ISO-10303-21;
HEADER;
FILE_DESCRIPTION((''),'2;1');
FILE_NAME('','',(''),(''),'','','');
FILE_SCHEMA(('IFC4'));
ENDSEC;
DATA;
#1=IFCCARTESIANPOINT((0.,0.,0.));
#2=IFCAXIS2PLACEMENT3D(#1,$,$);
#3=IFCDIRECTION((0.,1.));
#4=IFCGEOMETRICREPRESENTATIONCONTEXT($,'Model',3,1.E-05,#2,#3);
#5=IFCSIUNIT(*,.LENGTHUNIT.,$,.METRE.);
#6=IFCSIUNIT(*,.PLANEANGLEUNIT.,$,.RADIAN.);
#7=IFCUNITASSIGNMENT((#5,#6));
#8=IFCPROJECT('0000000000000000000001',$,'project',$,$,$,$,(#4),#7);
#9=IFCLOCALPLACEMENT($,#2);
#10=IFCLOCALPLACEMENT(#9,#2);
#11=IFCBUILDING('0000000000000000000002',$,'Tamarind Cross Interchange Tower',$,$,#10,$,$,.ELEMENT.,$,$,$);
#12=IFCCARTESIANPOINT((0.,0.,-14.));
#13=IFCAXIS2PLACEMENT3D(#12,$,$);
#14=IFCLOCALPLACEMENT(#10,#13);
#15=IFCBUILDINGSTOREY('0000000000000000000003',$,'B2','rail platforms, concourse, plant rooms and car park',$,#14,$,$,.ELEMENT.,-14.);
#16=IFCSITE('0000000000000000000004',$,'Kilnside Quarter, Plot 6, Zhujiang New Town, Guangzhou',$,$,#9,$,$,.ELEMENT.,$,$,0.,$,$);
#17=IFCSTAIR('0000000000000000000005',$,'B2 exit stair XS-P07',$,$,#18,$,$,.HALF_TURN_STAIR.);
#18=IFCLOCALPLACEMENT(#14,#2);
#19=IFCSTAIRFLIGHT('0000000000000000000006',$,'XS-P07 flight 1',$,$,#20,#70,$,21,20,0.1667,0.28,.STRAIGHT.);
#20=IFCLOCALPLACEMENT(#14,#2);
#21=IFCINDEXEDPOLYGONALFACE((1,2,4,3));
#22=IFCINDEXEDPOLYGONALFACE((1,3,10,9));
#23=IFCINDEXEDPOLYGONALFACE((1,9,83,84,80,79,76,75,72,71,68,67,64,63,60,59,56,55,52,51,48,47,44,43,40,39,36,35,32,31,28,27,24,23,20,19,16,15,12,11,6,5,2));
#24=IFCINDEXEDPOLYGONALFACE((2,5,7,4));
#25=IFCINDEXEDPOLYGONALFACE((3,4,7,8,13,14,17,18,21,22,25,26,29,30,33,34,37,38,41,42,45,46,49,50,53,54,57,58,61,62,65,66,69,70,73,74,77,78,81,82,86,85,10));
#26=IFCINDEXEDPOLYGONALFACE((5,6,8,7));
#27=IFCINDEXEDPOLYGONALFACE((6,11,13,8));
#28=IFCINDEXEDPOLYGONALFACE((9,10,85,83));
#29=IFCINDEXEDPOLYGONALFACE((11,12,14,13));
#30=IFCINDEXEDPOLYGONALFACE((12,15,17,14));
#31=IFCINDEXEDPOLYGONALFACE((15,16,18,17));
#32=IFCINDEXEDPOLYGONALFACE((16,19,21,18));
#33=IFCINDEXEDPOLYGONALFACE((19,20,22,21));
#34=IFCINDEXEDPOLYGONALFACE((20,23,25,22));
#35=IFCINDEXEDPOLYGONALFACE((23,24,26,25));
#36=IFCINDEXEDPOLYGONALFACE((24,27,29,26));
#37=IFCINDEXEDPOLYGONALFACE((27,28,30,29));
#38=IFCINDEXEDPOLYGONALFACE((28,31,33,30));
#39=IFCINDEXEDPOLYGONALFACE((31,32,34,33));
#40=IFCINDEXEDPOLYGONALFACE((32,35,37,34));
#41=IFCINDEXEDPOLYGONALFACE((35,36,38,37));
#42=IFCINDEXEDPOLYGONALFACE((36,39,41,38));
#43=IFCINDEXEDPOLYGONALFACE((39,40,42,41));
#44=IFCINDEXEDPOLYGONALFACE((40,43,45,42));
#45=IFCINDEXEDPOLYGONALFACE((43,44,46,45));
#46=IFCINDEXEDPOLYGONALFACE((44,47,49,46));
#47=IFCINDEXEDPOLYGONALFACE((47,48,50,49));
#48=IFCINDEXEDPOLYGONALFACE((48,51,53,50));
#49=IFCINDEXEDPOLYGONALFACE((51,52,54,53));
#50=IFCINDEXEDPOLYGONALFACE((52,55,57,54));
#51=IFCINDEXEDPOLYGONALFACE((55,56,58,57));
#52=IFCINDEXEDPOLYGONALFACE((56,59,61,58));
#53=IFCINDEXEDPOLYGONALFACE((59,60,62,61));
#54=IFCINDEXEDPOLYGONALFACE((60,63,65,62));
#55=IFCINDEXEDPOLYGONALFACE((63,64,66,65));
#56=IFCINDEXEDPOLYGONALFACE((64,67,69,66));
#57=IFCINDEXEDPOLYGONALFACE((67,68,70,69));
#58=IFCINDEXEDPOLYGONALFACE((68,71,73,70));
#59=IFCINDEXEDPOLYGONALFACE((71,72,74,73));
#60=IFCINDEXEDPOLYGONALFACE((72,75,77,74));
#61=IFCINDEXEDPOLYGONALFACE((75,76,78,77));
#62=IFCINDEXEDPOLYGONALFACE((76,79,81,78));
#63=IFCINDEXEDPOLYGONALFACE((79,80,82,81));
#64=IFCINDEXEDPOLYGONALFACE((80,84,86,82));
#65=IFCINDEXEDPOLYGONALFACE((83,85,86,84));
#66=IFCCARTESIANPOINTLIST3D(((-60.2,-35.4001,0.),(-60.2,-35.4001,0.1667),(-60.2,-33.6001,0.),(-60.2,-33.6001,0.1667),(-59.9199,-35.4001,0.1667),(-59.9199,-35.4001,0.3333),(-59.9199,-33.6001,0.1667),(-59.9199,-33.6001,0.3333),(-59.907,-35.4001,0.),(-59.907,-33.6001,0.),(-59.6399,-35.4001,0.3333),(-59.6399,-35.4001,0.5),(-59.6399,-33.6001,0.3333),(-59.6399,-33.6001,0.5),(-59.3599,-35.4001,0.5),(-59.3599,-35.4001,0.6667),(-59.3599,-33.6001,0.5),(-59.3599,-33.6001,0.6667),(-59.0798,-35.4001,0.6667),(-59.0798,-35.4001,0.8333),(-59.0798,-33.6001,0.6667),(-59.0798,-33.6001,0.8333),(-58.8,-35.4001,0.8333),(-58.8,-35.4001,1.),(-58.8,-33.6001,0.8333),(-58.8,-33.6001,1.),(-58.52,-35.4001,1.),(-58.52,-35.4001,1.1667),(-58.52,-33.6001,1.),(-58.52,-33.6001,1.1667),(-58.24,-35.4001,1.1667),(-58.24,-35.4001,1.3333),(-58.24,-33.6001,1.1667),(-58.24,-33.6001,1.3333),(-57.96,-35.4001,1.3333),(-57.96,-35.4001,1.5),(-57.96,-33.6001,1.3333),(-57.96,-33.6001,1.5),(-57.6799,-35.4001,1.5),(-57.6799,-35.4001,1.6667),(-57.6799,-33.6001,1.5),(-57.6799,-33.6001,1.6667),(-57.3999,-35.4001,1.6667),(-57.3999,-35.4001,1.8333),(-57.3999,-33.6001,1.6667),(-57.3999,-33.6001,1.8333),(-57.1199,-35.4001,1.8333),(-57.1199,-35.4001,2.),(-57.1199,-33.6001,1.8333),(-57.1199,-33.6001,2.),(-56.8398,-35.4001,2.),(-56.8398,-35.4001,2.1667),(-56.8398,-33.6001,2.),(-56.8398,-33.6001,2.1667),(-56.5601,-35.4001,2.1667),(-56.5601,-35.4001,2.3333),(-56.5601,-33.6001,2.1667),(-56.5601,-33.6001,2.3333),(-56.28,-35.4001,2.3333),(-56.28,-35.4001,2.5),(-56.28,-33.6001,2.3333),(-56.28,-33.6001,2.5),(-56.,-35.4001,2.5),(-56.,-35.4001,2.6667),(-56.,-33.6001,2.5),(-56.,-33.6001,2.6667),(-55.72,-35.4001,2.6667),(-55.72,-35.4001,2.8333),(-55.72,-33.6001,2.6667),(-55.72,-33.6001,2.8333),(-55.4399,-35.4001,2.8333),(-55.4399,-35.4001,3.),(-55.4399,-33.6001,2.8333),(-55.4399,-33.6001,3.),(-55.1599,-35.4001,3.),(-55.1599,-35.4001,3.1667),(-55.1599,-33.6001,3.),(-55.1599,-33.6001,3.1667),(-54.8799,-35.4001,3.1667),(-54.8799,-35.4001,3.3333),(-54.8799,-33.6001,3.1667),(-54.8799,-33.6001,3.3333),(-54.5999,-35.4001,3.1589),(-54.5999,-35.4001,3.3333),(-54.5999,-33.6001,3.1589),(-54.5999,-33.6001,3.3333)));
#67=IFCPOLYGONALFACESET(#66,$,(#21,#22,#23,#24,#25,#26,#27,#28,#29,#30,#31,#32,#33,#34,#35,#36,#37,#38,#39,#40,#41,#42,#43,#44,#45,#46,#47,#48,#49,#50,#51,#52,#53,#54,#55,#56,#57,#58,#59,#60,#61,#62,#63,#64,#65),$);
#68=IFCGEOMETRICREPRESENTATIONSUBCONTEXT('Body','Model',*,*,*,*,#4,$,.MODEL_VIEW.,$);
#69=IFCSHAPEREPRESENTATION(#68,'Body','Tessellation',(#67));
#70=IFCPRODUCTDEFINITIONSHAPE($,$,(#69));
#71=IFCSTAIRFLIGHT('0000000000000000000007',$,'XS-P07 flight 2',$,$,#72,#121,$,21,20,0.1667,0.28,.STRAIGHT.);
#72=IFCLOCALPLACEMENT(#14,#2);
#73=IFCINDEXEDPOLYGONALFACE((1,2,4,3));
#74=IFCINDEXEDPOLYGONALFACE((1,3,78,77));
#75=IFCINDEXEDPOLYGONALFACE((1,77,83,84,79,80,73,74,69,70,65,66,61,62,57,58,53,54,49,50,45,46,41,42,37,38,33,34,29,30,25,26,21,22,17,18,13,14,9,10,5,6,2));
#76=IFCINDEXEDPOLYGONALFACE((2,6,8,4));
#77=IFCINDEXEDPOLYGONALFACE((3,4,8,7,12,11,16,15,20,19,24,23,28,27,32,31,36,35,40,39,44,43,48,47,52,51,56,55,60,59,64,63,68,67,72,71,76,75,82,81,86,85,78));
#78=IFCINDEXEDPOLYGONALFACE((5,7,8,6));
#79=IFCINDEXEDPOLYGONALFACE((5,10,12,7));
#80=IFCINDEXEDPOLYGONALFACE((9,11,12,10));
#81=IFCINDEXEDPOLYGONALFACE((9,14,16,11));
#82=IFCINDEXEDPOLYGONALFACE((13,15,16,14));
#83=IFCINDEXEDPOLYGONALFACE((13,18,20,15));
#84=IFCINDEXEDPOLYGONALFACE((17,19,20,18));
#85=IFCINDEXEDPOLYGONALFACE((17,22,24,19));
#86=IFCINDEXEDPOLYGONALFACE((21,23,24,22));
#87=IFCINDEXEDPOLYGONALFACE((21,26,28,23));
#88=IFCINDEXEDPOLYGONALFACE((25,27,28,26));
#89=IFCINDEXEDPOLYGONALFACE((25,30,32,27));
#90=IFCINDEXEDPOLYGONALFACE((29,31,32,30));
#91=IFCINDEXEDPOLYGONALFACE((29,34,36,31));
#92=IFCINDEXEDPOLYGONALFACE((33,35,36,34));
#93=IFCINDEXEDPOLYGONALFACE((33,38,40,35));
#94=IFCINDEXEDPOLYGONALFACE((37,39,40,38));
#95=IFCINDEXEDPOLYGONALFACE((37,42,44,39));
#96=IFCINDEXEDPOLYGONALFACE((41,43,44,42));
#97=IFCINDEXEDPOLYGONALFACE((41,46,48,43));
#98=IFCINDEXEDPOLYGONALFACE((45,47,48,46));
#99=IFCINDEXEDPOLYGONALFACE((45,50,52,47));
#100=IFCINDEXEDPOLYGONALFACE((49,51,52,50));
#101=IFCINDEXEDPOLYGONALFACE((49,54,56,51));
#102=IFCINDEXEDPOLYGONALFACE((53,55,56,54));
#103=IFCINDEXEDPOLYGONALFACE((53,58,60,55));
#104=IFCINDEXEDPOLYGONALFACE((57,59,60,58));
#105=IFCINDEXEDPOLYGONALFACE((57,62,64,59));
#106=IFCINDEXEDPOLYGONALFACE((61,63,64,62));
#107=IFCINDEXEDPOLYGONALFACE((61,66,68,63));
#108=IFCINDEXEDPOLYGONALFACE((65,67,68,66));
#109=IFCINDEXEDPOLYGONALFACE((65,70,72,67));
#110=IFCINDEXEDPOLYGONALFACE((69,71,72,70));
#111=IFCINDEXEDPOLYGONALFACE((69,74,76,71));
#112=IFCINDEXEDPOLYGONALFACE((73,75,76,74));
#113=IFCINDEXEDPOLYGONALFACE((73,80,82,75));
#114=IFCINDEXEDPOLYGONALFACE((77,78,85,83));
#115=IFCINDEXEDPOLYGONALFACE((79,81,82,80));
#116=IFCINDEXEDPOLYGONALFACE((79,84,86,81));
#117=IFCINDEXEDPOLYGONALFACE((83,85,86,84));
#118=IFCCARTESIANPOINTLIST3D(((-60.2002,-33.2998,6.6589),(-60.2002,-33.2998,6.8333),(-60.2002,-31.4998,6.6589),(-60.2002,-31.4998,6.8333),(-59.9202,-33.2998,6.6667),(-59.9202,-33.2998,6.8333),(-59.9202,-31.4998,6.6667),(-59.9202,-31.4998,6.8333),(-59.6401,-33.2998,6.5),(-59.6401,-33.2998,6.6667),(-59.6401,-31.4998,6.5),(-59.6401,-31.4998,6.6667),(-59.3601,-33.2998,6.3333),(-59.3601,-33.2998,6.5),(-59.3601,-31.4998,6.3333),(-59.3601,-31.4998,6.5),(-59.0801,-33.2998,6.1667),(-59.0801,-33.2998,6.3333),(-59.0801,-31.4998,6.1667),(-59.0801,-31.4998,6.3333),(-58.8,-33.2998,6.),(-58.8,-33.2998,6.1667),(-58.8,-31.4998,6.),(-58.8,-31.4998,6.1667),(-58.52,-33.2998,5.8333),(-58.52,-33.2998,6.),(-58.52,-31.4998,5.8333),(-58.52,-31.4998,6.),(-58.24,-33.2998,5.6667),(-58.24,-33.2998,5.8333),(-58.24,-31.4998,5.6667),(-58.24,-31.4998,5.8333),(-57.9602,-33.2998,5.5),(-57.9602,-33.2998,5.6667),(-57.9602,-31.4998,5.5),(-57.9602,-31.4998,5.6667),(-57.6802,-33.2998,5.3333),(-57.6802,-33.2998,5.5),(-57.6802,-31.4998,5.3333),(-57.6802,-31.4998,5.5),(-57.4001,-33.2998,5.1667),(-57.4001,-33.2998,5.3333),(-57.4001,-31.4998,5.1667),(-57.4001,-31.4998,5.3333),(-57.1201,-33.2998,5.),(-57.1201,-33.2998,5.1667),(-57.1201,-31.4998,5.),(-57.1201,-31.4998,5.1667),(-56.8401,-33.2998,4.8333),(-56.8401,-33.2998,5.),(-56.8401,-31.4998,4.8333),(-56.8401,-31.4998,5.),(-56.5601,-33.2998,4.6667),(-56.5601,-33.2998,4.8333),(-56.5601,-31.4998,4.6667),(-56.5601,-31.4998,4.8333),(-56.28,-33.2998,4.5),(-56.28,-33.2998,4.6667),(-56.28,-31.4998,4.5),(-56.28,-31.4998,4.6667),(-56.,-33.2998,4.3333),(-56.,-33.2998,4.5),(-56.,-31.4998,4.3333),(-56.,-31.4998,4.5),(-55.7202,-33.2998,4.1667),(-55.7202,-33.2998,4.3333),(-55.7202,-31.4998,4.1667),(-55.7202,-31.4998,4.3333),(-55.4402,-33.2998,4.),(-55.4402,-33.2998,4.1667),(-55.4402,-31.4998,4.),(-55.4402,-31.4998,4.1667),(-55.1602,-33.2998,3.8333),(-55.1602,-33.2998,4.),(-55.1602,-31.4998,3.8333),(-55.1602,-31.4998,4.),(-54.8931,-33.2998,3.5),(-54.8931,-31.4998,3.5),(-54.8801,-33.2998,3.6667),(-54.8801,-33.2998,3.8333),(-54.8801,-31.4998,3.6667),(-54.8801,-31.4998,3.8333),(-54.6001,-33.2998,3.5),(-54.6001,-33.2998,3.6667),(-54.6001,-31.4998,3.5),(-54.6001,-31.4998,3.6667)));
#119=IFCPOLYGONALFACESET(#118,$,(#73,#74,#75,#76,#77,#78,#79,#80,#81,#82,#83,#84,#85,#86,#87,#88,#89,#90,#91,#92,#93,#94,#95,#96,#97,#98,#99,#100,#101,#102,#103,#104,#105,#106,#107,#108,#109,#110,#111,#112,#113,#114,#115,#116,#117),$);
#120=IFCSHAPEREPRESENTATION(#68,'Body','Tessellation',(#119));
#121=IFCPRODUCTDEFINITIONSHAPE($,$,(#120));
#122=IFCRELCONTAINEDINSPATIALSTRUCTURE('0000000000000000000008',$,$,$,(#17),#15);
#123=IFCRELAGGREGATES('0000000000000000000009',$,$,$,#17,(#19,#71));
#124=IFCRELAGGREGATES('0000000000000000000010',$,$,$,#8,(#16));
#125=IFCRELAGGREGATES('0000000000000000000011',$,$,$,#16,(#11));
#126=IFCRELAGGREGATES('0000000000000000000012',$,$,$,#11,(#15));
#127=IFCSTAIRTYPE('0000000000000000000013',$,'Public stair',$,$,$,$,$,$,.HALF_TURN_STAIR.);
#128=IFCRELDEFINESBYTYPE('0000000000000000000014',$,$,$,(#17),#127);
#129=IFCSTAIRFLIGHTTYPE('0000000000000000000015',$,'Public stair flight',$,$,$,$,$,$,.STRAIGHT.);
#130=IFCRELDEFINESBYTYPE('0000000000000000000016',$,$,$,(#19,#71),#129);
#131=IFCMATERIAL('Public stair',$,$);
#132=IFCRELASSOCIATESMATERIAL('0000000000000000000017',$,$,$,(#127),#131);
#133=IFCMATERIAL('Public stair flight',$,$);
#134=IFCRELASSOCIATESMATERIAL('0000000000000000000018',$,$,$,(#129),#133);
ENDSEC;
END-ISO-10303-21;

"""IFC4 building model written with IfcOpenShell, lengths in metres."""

from ifc_helpers import new_model, si_unit, direction, frame, origin, place, context, subcontext, project, spatial, polyline, outline, extrude, material, type_object, element, aggregate, save


model = new_model("IFC4")

# Units and contexts
model_context = context("Model", 3, precision=1e-05, world=origin(), true_north=direction((0.0, 1.0)))
body_context = subcontext(model_context, "Body", "Model", "MODEL_VIEW")
ifc_project = project(units=[si_unit("LENGTHUNIT", "METRE"), si_unit("PLANEANGLEUNIT", "RADIAN")], contexts=[model_context])

# Site, building, storey
site_placement = place(None, origin())
site = spatial("IfcSite", under=ifc_project, at=site_placement, Name="Kilnside Quarter, Plot 6, Zhujiang New Town, Guangzhou", CompositionType="ELEMENT", RefElevation=0.0)
building_placement = place(site_placement, origin())
building = spatial("IfcBuilding", under=site, at=building_placement, Name="Tamarind Cross Interchange Tower", CompositionType="ELEMENT")
storey_placement = place(building_placement, frame((0.0, 0.0, -14.0)))
storey = spatial("IfcBuildingStorey", under=building, at=storey_placement, Name="B2", Description="rail platforms, concourse, plant rooms and car park", CompositionType="ELEMENT", Elevation=-14.0)

# Stair, stair flights
ifc_material_1 = material(Name="Public stair")
stair_type = type_object("IfcStairType", Name="Public stair", PredefinedType="HALF_TURN_STAIR", material=ifc_material_1)
stair_placement = place(storey_placement, origin())
stair = element("IfcStair", 1, at=stair_placement, inside=storey, type_object=stair_type, Name="B2 exit stair XS-P07", PredefinedType="HALF_TURN_STAIR")
ifc_material_2 = material(Name="Public stair flight")
stair_flight_type = type_object("IfcStairFlightType", Name="Public stair flight", PredefinedType="STRAIGHT", material=ifc_material_2)
stair_flight_1_placement = place(storey_placement, frame((-60.2, -34.5, 0.0), z_axis=(0.0, 0.0, 1.0), x_axis=(1.0, 0.0, 0.0)))
stair_flight_1 = element("IfcStairFlight", 2, at=stair_flight_1_placement, type_object=stair_flight_type, Name="XS-P07 flight 1", NumberOfRisers=21, NumberOfTreads=20, PredefinedType="STRAIGHT", RiserHeight=0.1667, TreadLength=0.28, context=body_context, shape_type="SweptSolid", body=[
    extrude(outline(polyline([(0.0, 0.0), (0.0, 0.1667), (0.28, 0.1667), (0.28, 0.3333), (0.5601, 0.3333), (0.5601, 0.5), (0.8401, 0.5), (0.8401, 0.6667), (1.1201, 0.6667), (1.1201, 0.8333), (1.3999, 0.8333), (1.3999, 1.0), (1.6799, 1.0), (1.6799, 1.1667), (1.96, 1.1667), (1.96, 1.3333), (2.24, 1.3333), (2.24, 1.5), (2.52, 1.5), (2.52, 1.6667), (2.8, 1.6667), (2.8, 1.8333), (3.0801, 1.8333), (3.0801, 2.0), (3.3601, 2.0), (3.3601, 2.1667), (3.6399, 2.1667), (3.6399, 2.3333), (3.9199, 2.3333), (3.9199, 2.5), (4.2, 2.5), (4.2, 2.6667), (4.48, 2.6667), (4.48, 2.8333), (4.76, 2.8333), (4.76, 3.0), (5.04, 3.0), (5.04, 3.1667), (5.3201, 3.1667), (5.3201, 3.3333), (5.6001, 3.3333), (5.6001, 3.5), (5.6001, 3.1589), (0.293, 0.0), (0.0, 0.0)])), frame((0.0, 0.8999, 0.0), z_axis=(0.0, -1.0, 0.0), x_axis=(1.0, 0.0, 0.0)), (0.0, 0.0, 1.0), 1.8),
])
stair_flight_2_placement = place(storey_placement, frame((-54.6001, -32.3999, 3.5), z_axis=(0.0, 0.0, 1.0), x_axis=(-1.0, 0.0, 0.0)))
stair_flight_2 = element("IfcStairFlight", 3, at=stair_flight_2_placement, type_object=stair_flight_type, Name="XS-P07 flight 2", NumberOfRisers=21, NumberOfTreads=20, PredefinedType="STRAIGHT", RiserHeight=0.1667, TreadLength=0.28, context=body_context, shape_type="SweptSolid", body=[
    extrude(outline(polyline([(0.0, 0.0), (0.0, 0.1667), (0.28, 0.1667), (0.28, 0.3333), (0.5601, 0.3333), (0.5601, 0.5), (0.8401, 0.5), (0.8401, 0.6667), (1.1201, 0.6667), (1.1201, 0.8333), (1.3999, 0.8333), (1.3999, 1.0), (1.6799, 1.0), (1.6799, 1.1667), (1.96, 1.1667), (1.96, 1.3333), (2.24, 1.3333), (2.24, 1.5), (2.52, 1.5), (2.52, 1.6667), (2.8, 1.6667), (2.8, 1.8333), (3.0801, 1.8333), (3.0801, 2.0), (3.3601, 2.0), (3.3601, 2.1667), (3.6399, 2.1667), (3.6399, 2.3333), (3.9199, 2.3333), (3.9199, 2.5), (4.2, 2.5), (4.2, 2.6667), (4.48, 2.6667), (4.48, 2.8333), (4.76, 2.8333), (4.76, 3.0), (5.04, 3.0), (5.04, 3.1667), (5.3201, 3.1667), (5.3201, 3.3333), (5.6001, 3.3333), (5.6001, 3.5), (5.6001, 3.1589), (0.293, 0.0), (0.0, 0.0)])), frame((0.0, 0.8999, 0.0), z_axis=(0.0, -1.0, 0.0), x_axis=(1.0, 0.0, 0.0)), (0.0, 0.0, 1.0), 1.8),
])
aggregate(stair, [stair_flight_1, stair_flight_2])

save(model, "model.ifc")
